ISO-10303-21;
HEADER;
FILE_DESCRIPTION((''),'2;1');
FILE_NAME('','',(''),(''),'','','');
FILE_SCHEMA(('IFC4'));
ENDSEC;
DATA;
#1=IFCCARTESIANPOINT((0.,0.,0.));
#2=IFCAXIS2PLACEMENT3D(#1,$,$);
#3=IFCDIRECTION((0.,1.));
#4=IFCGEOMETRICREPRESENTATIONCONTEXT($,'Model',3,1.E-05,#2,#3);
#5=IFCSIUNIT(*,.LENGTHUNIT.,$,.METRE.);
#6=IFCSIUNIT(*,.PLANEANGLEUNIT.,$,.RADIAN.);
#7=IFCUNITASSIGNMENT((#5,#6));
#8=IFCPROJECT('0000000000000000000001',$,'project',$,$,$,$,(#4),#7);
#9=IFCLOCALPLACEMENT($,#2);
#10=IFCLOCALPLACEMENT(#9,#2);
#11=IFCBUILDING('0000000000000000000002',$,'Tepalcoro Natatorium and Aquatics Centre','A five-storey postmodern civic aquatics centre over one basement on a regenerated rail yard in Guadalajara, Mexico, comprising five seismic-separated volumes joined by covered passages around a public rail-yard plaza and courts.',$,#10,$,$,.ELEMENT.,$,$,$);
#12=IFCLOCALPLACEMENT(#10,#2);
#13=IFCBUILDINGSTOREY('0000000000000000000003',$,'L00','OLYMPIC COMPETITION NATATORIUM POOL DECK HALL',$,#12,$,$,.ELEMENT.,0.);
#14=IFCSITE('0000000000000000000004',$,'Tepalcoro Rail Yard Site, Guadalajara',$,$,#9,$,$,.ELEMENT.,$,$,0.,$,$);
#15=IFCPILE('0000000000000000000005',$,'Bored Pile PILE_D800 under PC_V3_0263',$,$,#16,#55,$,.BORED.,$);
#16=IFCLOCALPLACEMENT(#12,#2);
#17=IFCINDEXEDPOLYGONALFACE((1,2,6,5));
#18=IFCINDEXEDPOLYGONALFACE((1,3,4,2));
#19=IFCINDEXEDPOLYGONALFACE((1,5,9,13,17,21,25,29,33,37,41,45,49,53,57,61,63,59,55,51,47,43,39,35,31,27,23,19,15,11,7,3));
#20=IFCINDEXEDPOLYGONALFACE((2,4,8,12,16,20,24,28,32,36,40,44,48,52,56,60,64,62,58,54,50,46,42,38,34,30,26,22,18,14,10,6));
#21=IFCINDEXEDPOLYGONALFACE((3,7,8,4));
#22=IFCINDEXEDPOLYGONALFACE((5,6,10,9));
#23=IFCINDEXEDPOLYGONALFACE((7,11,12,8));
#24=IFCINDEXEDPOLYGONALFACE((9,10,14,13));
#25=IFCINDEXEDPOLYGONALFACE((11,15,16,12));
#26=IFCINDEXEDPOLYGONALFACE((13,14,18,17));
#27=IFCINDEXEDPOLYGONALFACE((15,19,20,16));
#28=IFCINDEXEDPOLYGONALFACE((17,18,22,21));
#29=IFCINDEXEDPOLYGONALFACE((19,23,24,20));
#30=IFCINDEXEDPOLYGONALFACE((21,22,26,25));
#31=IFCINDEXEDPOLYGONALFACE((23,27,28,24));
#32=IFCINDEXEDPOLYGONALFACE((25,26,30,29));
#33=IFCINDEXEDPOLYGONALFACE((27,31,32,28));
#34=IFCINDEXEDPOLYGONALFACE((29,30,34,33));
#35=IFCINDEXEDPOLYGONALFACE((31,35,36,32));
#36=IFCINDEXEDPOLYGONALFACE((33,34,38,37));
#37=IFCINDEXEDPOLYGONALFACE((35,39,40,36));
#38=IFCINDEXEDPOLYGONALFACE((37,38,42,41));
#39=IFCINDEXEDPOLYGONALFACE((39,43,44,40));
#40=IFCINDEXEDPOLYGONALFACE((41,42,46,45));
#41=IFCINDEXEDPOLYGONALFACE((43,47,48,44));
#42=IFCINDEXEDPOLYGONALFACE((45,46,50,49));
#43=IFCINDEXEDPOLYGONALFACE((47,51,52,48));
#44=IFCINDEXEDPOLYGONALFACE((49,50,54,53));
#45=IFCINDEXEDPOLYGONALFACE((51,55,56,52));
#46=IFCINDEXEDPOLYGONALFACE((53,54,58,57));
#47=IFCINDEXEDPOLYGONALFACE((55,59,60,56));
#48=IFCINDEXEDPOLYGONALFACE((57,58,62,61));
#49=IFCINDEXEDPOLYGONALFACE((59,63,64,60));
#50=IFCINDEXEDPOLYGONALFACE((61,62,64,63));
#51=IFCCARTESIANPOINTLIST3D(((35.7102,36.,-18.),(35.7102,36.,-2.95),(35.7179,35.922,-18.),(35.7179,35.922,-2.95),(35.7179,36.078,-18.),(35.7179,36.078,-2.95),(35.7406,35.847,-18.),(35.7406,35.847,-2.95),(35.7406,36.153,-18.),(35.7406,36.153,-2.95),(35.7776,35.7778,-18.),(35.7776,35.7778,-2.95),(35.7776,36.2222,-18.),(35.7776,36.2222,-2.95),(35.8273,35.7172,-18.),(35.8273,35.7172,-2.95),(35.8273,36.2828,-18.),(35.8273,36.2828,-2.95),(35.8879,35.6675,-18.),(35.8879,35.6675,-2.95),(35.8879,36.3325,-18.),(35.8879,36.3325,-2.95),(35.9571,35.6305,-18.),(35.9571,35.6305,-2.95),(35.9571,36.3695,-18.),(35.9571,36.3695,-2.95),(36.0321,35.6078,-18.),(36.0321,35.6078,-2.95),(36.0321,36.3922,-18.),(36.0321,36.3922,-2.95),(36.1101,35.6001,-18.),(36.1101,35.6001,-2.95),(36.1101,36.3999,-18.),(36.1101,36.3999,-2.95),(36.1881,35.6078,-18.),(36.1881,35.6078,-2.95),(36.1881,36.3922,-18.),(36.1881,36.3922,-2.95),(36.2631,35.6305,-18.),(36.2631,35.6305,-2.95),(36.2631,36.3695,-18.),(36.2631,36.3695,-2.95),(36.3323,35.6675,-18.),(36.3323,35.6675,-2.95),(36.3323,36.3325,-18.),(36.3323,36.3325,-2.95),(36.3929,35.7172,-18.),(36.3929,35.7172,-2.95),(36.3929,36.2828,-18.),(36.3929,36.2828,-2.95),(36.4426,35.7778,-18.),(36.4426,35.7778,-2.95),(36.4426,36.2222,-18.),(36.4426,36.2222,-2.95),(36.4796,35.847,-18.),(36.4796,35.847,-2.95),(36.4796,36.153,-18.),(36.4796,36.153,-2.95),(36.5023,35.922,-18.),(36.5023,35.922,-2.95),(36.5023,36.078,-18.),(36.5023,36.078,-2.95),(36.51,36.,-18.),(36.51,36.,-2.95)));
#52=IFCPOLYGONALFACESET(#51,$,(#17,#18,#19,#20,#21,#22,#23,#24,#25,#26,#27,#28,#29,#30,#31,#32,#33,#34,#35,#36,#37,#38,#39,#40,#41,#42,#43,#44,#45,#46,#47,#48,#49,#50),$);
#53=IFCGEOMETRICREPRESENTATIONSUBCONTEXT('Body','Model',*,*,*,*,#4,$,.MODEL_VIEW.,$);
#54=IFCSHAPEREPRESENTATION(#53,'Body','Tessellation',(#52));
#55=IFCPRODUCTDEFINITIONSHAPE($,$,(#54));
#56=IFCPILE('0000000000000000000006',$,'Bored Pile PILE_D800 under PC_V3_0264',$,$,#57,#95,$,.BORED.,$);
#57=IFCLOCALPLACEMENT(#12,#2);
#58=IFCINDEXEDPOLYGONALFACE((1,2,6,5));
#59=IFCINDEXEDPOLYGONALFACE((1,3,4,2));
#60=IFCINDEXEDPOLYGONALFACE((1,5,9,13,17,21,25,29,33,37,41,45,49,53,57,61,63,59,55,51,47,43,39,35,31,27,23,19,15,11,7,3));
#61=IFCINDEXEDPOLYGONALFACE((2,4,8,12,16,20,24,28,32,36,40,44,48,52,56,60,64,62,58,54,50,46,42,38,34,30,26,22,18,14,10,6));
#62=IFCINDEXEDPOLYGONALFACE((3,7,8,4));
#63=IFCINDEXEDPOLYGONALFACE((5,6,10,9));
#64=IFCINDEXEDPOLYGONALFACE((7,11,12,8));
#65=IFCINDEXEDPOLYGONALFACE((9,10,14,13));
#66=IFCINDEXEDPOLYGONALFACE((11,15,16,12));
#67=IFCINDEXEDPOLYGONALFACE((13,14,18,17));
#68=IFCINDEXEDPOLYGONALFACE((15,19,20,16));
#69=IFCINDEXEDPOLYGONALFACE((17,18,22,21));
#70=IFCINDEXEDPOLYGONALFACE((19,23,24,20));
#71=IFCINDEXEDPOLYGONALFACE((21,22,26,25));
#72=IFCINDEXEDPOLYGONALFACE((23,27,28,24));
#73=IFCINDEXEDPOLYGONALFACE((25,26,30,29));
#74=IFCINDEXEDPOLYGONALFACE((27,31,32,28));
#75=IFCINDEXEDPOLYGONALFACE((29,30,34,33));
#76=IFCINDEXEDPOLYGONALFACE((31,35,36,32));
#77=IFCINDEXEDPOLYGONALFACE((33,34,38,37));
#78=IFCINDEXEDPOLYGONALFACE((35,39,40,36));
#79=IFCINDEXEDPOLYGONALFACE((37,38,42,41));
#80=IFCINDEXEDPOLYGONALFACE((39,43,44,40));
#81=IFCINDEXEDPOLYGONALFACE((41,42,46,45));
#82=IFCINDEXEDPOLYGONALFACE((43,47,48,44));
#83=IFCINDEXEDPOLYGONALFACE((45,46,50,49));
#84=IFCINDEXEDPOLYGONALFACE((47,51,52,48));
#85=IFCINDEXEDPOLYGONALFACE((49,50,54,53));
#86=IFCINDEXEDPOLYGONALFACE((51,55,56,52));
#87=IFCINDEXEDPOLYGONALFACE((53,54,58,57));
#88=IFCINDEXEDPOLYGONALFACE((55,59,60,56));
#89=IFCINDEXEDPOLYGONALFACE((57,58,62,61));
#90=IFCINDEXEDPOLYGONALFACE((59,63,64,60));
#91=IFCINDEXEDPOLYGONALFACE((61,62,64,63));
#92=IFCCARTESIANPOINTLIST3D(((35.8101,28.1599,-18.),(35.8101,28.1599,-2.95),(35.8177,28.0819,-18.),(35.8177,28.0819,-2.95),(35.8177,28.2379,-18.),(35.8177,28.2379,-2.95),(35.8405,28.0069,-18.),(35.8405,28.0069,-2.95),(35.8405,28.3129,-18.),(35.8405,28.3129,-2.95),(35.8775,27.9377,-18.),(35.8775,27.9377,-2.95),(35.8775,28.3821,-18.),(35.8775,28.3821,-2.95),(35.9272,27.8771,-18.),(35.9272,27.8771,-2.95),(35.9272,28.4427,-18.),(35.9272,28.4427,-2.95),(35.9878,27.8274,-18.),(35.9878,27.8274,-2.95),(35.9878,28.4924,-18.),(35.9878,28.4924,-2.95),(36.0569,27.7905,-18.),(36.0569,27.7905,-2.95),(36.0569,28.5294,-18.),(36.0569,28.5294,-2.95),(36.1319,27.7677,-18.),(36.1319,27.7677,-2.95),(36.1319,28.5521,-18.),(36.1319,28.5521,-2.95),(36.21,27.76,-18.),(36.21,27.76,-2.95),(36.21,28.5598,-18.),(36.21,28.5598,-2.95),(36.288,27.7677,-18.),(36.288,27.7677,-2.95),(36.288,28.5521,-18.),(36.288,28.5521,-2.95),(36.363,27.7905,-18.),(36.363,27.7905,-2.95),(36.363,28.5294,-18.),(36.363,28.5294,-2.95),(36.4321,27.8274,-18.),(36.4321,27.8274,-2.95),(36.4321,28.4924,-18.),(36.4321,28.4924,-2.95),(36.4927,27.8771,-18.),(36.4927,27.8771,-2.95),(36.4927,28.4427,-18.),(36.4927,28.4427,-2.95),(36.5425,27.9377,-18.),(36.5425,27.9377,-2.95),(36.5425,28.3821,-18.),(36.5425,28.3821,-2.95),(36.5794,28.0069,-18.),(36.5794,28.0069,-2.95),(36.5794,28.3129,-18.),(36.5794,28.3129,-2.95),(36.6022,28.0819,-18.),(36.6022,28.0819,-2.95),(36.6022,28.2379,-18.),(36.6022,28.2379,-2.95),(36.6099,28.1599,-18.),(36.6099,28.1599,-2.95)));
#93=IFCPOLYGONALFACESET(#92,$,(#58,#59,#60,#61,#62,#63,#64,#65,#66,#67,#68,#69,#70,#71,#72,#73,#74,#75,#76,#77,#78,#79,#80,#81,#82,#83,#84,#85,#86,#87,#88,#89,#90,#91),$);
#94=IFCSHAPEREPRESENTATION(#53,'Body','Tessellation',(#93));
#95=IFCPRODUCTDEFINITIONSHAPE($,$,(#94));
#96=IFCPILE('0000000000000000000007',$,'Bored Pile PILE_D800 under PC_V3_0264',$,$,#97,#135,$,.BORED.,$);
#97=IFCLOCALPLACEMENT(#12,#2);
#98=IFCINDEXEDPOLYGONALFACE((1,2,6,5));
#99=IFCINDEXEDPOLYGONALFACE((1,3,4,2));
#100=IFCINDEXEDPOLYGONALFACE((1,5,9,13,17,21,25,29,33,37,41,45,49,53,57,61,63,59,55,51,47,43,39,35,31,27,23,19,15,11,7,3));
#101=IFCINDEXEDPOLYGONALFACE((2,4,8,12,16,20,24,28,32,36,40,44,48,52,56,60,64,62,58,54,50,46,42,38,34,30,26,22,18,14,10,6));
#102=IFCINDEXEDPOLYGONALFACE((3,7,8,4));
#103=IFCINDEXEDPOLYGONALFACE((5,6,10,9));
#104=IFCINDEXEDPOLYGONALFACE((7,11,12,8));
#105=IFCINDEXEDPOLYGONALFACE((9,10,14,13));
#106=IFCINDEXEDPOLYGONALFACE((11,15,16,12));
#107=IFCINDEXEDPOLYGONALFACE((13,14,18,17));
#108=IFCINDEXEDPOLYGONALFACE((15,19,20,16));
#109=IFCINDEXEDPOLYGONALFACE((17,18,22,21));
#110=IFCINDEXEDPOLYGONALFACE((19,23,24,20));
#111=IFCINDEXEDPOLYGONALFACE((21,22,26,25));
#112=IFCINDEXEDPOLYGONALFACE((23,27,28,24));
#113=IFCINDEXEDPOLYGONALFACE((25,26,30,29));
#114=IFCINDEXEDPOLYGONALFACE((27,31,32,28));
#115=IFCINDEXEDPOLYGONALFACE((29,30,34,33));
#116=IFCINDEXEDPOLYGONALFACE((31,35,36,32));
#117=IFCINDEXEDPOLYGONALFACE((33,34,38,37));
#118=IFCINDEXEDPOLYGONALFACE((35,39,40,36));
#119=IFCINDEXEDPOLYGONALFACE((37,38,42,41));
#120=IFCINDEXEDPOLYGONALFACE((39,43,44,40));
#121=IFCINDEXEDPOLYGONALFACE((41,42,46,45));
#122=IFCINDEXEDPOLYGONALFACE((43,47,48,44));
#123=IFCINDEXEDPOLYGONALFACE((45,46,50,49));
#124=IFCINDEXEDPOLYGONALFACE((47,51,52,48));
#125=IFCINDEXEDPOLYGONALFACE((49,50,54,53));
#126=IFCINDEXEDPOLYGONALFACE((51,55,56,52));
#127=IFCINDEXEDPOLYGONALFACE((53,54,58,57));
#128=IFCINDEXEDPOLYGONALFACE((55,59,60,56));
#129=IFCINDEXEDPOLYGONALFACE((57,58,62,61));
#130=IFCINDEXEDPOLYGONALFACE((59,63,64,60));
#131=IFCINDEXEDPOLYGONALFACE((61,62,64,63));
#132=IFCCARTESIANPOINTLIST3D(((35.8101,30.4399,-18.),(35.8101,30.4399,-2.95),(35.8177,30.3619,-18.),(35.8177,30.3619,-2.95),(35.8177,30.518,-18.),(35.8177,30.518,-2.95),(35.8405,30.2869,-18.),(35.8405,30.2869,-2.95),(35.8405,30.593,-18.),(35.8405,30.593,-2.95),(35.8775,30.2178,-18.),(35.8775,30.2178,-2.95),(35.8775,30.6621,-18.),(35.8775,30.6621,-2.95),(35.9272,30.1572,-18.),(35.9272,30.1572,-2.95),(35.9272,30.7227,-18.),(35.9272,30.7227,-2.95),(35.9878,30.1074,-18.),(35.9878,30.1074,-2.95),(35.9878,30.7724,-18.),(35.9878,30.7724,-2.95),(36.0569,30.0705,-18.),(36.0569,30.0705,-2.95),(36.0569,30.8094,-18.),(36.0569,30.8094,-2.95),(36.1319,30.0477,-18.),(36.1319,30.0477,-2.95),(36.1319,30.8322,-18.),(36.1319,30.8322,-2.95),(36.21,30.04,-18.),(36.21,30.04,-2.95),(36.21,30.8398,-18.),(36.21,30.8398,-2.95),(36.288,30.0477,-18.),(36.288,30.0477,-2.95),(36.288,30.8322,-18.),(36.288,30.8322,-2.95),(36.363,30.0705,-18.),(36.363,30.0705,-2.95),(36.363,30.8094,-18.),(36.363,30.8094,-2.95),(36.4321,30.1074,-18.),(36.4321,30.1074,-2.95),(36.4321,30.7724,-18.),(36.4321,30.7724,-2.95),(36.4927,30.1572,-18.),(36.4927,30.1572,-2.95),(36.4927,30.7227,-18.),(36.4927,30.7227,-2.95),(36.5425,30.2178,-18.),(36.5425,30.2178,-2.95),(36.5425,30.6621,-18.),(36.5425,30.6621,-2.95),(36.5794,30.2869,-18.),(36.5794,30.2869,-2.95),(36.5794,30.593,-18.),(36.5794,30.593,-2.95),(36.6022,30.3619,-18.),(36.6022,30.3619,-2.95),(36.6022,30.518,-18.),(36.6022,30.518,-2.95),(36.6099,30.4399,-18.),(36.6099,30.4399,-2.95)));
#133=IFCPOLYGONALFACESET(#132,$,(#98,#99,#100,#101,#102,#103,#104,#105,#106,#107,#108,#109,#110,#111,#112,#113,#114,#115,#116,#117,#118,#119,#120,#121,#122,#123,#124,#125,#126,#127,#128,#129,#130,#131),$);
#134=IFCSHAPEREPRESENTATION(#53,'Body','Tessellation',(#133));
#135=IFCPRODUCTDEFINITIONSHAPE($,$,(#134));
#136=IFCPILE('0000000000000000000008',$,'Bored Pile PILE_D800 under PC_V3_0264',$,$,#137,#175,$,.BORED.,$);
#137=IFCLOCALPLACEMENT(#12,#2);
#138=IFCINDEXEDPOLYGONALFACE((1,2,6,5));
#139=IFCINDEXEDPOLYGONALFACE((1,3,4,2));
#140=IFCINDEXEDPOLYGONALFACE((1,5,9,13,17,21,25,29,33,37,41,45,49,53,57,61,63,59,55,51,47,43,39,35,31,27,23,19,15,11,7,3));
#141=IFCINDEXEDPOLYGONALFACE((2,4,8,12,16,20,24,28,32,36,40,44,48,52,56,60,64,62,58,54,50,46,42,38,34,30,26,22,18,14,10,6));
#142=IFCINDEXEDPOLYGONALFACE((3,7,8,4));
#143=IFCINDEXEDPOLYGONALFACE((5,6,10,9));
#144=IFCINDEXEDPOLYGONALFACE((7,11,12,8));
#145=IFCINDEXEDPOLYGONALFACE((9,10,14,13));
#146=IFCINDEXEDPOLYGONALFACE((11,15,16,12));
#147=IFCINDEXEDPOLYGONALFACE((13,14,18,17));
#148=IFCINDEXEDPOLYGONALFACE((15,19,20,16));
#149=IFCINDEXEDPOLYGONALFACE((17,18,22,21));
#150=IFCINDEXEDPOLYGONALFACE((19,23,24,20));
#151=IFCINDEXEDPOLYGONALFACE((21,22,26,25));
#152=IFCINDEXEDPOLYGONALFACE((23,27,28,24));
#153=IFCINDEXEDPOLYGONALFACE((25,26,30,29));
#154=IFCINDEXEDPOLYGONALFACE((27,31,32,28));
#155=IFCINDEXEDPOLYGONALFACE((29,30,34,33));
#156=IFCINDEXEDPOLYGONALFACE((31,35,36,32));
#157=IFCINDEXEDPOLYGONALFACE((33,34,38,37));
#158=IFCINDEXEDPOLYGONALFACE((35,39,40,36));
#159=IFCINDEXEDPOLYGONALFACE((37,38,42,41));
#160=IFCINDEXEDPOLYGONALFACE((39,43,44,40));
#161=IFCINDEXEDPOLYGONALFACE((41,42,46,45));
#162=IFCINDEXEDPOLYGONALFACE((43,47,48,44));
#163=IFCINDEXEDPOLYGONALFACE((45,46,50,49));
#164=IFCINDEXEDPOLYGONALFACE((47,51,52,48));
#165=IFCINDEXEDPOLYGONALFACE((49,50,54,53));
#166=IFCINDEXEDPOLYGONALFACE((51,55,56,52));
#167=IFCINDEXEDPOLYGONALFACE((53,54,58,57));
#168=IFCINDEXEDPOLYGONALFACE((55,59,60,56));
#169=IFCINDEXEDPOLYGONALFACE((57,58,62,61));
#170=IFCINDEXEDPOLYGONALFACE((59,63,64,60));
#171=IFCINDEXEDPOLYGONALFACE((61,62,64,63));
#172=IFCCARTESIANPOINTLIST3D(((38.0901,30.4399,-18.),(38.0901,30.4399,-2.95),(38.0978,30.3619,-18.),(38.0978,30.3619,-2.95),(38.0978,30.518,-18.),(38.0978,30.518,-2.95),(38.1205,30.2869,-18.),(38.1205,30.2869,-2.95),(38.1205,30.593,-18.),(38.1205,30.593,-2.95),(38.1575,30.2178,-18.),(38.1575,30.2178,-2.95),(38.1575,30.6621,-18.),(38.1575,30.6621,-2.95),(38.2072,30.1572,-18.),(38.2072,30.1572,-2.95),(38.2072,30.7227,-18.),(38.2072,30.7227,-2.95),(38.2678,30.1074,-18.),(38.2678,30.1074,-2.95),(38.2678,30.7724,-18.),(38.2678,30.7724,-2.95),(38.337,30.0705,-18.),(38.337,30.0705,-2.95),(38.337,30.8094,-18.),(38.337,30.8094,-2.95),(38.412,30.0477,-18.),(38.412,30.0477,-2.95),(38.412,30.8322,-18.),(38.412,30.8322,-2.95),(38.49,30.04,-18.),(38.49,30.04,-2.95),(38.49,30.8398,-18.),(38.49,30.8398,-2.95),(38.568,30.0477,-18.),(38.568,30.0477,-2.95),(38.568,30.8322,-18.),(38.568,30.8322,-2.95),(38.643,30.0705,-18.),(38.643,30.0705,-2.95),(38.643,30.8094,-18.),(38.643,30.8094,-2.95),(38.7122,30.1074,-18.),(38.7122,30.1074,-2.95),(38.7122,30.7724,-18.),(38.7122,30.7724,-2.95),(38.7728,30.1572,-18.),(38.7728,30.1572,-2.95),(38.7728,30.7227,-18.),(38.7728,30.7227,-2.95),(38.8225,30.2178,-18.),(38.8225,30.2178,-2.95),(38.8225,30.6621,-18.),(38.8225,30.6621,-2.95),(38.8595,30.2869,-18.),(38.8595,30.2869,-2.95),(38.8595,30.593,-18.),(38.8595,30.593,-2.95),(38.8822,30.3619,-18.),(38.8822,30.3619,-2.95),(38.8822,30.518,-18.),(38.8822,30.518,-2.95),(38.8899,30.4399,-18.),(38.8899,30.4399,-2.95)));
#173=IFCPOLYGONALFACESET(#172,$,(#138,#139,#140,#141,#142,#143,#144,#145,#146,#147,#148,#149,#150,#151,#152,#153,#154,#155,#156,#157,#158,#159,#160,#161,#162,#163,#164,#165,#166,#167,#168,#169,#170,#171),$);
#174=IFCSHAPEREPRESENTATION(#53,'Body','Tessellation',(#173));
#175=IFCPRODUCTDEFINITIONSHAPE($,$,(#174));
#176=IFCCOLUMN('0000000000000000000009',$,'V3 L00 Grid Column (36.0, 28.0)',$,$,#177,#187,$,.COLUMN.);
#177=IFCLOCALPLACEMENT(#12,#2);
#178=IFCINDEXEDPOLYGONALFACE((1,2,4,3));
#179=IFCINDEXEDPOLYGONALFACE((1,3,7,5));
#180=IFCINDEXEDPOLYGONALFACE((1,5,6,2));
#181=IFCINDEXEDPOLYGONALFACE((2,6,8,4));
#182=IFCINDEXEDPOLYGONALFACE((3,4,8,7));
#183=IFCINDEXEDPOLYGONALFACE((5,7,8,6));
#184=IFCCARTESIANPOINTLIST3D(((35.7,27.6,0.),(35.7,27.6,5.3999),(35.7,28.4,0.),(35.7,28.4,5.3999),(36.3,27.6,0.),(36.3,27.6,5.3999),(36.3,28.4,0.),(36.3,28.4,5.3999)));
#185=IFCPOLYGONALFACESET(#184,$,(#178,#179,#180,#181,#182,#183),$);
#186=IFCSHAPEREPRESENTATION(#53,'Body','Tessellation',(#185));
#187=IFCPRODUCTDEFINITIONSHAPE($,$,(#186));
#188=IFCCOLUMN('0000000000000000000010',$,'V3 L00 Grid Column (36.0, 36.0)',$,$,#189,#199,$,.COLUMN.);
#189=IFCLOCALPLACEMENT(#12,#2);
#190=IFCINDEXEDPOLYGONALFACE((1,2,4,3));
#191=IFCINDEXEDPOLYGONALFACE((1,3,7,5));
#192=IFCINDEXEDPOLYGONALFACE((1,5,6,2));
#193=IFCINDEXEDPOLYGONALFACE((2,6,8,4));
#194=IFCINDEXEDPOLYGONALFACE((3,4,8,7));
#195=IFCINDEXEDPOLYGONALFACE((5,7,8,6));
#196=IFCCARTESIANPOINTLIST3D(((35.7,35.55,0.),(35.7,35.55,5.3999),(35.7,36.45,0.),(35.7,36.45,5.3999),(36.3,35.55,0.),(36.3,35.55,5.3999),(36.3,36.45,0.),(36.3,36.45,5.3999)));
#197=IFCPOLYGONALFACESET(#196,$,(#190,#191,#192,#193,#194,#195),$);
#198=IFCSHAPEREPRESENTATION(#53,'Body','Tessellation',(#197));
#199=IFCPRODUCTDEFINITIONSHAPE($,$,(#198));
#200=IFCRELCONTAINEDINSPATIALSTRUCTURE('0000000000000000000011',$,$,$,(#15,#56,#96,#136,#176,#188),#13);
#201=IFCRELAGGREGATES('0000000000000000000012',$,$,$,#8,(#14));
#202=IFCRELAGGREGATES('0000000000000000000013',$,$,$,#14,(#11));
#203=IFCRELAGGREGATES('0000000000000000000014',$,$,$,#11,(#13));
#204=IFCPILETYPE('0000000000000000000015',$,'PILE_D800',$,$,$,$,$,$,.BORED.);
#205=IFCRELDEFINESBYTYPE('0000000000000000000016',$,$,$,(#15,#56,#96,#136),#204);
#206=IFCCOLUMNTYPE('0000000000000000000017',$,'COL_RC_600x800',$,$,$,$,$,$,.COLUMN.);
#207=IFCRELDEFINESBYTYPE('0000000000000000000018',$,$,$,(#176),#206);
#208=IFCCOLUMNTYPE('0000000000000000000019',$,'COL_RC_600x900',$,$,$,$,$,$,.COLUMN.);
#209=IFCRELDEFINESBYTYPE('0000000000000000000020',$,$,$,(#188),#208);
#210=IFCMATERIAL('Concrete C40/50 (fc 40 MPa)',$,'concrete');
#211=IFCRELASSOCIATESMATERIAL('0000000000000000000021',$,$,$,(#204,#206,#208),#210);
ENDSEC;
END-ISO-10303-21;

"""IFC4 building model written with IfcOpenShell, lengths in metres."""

from ifc_helpers import new_model, si_unit, direction, frame, origin, origin_2d, place, context, subcontext, project, spatial, rectangle, circle, extrude, material, material_profile, profile_set, type_object, element, save


model = new_model("IFC4")

# Units and contexts
model_context = context("Model", 3, precision=1e-05, world=origin(), true_north=direction((0.0, 1.0)))
body_context = subcontext(model_context, "Body", "Model", "MODEL_VIEW")
ifc_project = project(units=[si_unit("LENGTHUNIT", "METRE"), si_unit("PLANEANGLEUNIT", "RADIAN")], contexts=[model_context])

# Site, building, storey
site_placement = place(None, origin())
site = spatial("IfcSite", under=ifc_project, at=site_placement, Name="Tepalcoro Rail Yard Site, Guadalajara", CompositionType="ELEMENT", RefElevation=0.0)
building_placement = place(site_placement, origin())
building = spatial("IfcBuilding", under=site, at=building_placement, Name="Tepalcoro Natatorium and Aquatics Centre", Description="A five-storey postmodern civic aquatics centre over one basement on a regenerated rail yard in Guadalajara, Mexico, comprising five seismic-separated volumes joined by covered passages around a public rail-yard plaza and courts.", CompositionType="ELEMENT")
storey_placement = place(building_placement, origin())
storey = spatial("IfcBuildingStorey", under=building, at=storey_placement, Name="L00", Description="OLYMPIC COMPETITION NATATORIUM POOL DECK HALL", CompositionType="ELEMENT", Elevation=0.0)

# Piles
ifc_material_1 = material(Name="Concrete C40/50 (fc 40 MPa)", Category="concrete")
ifc_material_profile_1 = material_profile(ifc_material_1, circle(Radius=0.3999, at=origin_2d()), Name="PILE_D800")
ifc_profile_set_1 = profile_set([ifc_material_profile_1], Name="Concrete C40/50 (fc 40 MPa)")
pile_type = type_object("IfcPileType", Name="PILE_D800", PredefinedType="BORED", material=ifc_profile_set_1)
for number, where, z_axis, x_axis, name in (
    (1, (36.1101, 36.0, -2.95), (0.0, 0.0, -1.0), (1.0, 0.0, 0.0), "Bored Pile PILE_D800 under PC_V3_0263"),
    (2, (36.21, 28.1599, -2.95), (0.0, 0.0, -1.0), (1.0, 0.0, 0.0), "Bored Pile PILE_D800 under PC_V3_0264"),
    (3, (36.21, 30.4399, -2.95), (0.0, 0.0, -1.0), (1.0, 0.0, 0.0), "Bored Pile PILE_D800 under PC_V3_0264"),
    (4, (38.49, 30.4399, -2.95), (0.0, 0.0, -1.0), (1.0, 0.0, 0.0), "Bored Pile PILE_D800 under PC_V3_0264"),
):
    element("IfcPile", number, at=place(storey_placement, frame(where, z_axis=z_axis, x_axis=x_axis)), inside=storey, type_object=pile_type, Name=name, PredefinedType="BORED", context=body_context, shape_type="SweptSolid", body=[
        extrude(circle(Radius=0.3999, at=origin_2d()), origin(), (0.0, 0.0, 1.0), 15.05),
    ])

# Columns
ifc_material_profile_2 = material_profile(ifc_material_1, rectangle(XDim=0.6001, YDim=0.8, at=origin_2d()), Name="RC600x800")
ifc_profile_set_2 = profile_set([ifc_material_profile_2], Name="Concrete C40/50 (fc 40 MPa)")
column_type_1 = type_object("IfcColumnType", Name="COL_RC_600x800", PredefinedType="COLUMN", material=ifc_profile_set_2)
column_1_placement = place(storey_placement, frame((36.0, 28.0, 0.0), z_axis=(0.0, 0.0, 1.0), x_axis=(1.0, 0.0, 0.0)))
element("IfcColumn", 5, at=column_1_placement, inside=storey, type_object=column_type_1, Name="V3 L00 Grid Column (36.0, 28.0)", PredefinedType="COLUMN", context=body_context, shape_type="SweptSolid", body=[
    extrude(rectangle(XDim=0.6001, YDim=0.8, at=origin_2d()), origin(), (0.0, 0.0, 1.0), 5.3999),
])
ifc_material_profile_3 = material_profile(ifc_material_1, rectangle(XDim=0.6001, YDim=0.8999, at=origin_2d()), Name="RC600x900")
ifc_profile_set_3 = profile_set([ifc_material_profile_3], Name="Concrete C40/50 (fc 40 MPa)")
column_type_2 = type_object("IfcColumnType", Name="COL_RC_600x900", PredefinedType="COLUMN", material=ifc_profile_set_3)
column_2_placement = place(storey_placement, frame((36.0, 36.0, 0.0), z_axis=(0.0, 0.0, 1.0), x_axis=(1.0, 0.0, 0.0)))
element("IfcColumn", 6, at=column_2_placement, inside=storey, type_object=column_type_2, Name="V3 L00 Grid Column (36.0, 36.0)", PredefinedType="COLUMN", context=body_context, shape_type="SweptSolid", body=[
    extrude(rectangle(XDim=0.6001, YDim=0.8999, at=origin_2d()), origin(), (0.0, 0.0, 1.0), 5.3999),
])

save(model, "model.ifc")
